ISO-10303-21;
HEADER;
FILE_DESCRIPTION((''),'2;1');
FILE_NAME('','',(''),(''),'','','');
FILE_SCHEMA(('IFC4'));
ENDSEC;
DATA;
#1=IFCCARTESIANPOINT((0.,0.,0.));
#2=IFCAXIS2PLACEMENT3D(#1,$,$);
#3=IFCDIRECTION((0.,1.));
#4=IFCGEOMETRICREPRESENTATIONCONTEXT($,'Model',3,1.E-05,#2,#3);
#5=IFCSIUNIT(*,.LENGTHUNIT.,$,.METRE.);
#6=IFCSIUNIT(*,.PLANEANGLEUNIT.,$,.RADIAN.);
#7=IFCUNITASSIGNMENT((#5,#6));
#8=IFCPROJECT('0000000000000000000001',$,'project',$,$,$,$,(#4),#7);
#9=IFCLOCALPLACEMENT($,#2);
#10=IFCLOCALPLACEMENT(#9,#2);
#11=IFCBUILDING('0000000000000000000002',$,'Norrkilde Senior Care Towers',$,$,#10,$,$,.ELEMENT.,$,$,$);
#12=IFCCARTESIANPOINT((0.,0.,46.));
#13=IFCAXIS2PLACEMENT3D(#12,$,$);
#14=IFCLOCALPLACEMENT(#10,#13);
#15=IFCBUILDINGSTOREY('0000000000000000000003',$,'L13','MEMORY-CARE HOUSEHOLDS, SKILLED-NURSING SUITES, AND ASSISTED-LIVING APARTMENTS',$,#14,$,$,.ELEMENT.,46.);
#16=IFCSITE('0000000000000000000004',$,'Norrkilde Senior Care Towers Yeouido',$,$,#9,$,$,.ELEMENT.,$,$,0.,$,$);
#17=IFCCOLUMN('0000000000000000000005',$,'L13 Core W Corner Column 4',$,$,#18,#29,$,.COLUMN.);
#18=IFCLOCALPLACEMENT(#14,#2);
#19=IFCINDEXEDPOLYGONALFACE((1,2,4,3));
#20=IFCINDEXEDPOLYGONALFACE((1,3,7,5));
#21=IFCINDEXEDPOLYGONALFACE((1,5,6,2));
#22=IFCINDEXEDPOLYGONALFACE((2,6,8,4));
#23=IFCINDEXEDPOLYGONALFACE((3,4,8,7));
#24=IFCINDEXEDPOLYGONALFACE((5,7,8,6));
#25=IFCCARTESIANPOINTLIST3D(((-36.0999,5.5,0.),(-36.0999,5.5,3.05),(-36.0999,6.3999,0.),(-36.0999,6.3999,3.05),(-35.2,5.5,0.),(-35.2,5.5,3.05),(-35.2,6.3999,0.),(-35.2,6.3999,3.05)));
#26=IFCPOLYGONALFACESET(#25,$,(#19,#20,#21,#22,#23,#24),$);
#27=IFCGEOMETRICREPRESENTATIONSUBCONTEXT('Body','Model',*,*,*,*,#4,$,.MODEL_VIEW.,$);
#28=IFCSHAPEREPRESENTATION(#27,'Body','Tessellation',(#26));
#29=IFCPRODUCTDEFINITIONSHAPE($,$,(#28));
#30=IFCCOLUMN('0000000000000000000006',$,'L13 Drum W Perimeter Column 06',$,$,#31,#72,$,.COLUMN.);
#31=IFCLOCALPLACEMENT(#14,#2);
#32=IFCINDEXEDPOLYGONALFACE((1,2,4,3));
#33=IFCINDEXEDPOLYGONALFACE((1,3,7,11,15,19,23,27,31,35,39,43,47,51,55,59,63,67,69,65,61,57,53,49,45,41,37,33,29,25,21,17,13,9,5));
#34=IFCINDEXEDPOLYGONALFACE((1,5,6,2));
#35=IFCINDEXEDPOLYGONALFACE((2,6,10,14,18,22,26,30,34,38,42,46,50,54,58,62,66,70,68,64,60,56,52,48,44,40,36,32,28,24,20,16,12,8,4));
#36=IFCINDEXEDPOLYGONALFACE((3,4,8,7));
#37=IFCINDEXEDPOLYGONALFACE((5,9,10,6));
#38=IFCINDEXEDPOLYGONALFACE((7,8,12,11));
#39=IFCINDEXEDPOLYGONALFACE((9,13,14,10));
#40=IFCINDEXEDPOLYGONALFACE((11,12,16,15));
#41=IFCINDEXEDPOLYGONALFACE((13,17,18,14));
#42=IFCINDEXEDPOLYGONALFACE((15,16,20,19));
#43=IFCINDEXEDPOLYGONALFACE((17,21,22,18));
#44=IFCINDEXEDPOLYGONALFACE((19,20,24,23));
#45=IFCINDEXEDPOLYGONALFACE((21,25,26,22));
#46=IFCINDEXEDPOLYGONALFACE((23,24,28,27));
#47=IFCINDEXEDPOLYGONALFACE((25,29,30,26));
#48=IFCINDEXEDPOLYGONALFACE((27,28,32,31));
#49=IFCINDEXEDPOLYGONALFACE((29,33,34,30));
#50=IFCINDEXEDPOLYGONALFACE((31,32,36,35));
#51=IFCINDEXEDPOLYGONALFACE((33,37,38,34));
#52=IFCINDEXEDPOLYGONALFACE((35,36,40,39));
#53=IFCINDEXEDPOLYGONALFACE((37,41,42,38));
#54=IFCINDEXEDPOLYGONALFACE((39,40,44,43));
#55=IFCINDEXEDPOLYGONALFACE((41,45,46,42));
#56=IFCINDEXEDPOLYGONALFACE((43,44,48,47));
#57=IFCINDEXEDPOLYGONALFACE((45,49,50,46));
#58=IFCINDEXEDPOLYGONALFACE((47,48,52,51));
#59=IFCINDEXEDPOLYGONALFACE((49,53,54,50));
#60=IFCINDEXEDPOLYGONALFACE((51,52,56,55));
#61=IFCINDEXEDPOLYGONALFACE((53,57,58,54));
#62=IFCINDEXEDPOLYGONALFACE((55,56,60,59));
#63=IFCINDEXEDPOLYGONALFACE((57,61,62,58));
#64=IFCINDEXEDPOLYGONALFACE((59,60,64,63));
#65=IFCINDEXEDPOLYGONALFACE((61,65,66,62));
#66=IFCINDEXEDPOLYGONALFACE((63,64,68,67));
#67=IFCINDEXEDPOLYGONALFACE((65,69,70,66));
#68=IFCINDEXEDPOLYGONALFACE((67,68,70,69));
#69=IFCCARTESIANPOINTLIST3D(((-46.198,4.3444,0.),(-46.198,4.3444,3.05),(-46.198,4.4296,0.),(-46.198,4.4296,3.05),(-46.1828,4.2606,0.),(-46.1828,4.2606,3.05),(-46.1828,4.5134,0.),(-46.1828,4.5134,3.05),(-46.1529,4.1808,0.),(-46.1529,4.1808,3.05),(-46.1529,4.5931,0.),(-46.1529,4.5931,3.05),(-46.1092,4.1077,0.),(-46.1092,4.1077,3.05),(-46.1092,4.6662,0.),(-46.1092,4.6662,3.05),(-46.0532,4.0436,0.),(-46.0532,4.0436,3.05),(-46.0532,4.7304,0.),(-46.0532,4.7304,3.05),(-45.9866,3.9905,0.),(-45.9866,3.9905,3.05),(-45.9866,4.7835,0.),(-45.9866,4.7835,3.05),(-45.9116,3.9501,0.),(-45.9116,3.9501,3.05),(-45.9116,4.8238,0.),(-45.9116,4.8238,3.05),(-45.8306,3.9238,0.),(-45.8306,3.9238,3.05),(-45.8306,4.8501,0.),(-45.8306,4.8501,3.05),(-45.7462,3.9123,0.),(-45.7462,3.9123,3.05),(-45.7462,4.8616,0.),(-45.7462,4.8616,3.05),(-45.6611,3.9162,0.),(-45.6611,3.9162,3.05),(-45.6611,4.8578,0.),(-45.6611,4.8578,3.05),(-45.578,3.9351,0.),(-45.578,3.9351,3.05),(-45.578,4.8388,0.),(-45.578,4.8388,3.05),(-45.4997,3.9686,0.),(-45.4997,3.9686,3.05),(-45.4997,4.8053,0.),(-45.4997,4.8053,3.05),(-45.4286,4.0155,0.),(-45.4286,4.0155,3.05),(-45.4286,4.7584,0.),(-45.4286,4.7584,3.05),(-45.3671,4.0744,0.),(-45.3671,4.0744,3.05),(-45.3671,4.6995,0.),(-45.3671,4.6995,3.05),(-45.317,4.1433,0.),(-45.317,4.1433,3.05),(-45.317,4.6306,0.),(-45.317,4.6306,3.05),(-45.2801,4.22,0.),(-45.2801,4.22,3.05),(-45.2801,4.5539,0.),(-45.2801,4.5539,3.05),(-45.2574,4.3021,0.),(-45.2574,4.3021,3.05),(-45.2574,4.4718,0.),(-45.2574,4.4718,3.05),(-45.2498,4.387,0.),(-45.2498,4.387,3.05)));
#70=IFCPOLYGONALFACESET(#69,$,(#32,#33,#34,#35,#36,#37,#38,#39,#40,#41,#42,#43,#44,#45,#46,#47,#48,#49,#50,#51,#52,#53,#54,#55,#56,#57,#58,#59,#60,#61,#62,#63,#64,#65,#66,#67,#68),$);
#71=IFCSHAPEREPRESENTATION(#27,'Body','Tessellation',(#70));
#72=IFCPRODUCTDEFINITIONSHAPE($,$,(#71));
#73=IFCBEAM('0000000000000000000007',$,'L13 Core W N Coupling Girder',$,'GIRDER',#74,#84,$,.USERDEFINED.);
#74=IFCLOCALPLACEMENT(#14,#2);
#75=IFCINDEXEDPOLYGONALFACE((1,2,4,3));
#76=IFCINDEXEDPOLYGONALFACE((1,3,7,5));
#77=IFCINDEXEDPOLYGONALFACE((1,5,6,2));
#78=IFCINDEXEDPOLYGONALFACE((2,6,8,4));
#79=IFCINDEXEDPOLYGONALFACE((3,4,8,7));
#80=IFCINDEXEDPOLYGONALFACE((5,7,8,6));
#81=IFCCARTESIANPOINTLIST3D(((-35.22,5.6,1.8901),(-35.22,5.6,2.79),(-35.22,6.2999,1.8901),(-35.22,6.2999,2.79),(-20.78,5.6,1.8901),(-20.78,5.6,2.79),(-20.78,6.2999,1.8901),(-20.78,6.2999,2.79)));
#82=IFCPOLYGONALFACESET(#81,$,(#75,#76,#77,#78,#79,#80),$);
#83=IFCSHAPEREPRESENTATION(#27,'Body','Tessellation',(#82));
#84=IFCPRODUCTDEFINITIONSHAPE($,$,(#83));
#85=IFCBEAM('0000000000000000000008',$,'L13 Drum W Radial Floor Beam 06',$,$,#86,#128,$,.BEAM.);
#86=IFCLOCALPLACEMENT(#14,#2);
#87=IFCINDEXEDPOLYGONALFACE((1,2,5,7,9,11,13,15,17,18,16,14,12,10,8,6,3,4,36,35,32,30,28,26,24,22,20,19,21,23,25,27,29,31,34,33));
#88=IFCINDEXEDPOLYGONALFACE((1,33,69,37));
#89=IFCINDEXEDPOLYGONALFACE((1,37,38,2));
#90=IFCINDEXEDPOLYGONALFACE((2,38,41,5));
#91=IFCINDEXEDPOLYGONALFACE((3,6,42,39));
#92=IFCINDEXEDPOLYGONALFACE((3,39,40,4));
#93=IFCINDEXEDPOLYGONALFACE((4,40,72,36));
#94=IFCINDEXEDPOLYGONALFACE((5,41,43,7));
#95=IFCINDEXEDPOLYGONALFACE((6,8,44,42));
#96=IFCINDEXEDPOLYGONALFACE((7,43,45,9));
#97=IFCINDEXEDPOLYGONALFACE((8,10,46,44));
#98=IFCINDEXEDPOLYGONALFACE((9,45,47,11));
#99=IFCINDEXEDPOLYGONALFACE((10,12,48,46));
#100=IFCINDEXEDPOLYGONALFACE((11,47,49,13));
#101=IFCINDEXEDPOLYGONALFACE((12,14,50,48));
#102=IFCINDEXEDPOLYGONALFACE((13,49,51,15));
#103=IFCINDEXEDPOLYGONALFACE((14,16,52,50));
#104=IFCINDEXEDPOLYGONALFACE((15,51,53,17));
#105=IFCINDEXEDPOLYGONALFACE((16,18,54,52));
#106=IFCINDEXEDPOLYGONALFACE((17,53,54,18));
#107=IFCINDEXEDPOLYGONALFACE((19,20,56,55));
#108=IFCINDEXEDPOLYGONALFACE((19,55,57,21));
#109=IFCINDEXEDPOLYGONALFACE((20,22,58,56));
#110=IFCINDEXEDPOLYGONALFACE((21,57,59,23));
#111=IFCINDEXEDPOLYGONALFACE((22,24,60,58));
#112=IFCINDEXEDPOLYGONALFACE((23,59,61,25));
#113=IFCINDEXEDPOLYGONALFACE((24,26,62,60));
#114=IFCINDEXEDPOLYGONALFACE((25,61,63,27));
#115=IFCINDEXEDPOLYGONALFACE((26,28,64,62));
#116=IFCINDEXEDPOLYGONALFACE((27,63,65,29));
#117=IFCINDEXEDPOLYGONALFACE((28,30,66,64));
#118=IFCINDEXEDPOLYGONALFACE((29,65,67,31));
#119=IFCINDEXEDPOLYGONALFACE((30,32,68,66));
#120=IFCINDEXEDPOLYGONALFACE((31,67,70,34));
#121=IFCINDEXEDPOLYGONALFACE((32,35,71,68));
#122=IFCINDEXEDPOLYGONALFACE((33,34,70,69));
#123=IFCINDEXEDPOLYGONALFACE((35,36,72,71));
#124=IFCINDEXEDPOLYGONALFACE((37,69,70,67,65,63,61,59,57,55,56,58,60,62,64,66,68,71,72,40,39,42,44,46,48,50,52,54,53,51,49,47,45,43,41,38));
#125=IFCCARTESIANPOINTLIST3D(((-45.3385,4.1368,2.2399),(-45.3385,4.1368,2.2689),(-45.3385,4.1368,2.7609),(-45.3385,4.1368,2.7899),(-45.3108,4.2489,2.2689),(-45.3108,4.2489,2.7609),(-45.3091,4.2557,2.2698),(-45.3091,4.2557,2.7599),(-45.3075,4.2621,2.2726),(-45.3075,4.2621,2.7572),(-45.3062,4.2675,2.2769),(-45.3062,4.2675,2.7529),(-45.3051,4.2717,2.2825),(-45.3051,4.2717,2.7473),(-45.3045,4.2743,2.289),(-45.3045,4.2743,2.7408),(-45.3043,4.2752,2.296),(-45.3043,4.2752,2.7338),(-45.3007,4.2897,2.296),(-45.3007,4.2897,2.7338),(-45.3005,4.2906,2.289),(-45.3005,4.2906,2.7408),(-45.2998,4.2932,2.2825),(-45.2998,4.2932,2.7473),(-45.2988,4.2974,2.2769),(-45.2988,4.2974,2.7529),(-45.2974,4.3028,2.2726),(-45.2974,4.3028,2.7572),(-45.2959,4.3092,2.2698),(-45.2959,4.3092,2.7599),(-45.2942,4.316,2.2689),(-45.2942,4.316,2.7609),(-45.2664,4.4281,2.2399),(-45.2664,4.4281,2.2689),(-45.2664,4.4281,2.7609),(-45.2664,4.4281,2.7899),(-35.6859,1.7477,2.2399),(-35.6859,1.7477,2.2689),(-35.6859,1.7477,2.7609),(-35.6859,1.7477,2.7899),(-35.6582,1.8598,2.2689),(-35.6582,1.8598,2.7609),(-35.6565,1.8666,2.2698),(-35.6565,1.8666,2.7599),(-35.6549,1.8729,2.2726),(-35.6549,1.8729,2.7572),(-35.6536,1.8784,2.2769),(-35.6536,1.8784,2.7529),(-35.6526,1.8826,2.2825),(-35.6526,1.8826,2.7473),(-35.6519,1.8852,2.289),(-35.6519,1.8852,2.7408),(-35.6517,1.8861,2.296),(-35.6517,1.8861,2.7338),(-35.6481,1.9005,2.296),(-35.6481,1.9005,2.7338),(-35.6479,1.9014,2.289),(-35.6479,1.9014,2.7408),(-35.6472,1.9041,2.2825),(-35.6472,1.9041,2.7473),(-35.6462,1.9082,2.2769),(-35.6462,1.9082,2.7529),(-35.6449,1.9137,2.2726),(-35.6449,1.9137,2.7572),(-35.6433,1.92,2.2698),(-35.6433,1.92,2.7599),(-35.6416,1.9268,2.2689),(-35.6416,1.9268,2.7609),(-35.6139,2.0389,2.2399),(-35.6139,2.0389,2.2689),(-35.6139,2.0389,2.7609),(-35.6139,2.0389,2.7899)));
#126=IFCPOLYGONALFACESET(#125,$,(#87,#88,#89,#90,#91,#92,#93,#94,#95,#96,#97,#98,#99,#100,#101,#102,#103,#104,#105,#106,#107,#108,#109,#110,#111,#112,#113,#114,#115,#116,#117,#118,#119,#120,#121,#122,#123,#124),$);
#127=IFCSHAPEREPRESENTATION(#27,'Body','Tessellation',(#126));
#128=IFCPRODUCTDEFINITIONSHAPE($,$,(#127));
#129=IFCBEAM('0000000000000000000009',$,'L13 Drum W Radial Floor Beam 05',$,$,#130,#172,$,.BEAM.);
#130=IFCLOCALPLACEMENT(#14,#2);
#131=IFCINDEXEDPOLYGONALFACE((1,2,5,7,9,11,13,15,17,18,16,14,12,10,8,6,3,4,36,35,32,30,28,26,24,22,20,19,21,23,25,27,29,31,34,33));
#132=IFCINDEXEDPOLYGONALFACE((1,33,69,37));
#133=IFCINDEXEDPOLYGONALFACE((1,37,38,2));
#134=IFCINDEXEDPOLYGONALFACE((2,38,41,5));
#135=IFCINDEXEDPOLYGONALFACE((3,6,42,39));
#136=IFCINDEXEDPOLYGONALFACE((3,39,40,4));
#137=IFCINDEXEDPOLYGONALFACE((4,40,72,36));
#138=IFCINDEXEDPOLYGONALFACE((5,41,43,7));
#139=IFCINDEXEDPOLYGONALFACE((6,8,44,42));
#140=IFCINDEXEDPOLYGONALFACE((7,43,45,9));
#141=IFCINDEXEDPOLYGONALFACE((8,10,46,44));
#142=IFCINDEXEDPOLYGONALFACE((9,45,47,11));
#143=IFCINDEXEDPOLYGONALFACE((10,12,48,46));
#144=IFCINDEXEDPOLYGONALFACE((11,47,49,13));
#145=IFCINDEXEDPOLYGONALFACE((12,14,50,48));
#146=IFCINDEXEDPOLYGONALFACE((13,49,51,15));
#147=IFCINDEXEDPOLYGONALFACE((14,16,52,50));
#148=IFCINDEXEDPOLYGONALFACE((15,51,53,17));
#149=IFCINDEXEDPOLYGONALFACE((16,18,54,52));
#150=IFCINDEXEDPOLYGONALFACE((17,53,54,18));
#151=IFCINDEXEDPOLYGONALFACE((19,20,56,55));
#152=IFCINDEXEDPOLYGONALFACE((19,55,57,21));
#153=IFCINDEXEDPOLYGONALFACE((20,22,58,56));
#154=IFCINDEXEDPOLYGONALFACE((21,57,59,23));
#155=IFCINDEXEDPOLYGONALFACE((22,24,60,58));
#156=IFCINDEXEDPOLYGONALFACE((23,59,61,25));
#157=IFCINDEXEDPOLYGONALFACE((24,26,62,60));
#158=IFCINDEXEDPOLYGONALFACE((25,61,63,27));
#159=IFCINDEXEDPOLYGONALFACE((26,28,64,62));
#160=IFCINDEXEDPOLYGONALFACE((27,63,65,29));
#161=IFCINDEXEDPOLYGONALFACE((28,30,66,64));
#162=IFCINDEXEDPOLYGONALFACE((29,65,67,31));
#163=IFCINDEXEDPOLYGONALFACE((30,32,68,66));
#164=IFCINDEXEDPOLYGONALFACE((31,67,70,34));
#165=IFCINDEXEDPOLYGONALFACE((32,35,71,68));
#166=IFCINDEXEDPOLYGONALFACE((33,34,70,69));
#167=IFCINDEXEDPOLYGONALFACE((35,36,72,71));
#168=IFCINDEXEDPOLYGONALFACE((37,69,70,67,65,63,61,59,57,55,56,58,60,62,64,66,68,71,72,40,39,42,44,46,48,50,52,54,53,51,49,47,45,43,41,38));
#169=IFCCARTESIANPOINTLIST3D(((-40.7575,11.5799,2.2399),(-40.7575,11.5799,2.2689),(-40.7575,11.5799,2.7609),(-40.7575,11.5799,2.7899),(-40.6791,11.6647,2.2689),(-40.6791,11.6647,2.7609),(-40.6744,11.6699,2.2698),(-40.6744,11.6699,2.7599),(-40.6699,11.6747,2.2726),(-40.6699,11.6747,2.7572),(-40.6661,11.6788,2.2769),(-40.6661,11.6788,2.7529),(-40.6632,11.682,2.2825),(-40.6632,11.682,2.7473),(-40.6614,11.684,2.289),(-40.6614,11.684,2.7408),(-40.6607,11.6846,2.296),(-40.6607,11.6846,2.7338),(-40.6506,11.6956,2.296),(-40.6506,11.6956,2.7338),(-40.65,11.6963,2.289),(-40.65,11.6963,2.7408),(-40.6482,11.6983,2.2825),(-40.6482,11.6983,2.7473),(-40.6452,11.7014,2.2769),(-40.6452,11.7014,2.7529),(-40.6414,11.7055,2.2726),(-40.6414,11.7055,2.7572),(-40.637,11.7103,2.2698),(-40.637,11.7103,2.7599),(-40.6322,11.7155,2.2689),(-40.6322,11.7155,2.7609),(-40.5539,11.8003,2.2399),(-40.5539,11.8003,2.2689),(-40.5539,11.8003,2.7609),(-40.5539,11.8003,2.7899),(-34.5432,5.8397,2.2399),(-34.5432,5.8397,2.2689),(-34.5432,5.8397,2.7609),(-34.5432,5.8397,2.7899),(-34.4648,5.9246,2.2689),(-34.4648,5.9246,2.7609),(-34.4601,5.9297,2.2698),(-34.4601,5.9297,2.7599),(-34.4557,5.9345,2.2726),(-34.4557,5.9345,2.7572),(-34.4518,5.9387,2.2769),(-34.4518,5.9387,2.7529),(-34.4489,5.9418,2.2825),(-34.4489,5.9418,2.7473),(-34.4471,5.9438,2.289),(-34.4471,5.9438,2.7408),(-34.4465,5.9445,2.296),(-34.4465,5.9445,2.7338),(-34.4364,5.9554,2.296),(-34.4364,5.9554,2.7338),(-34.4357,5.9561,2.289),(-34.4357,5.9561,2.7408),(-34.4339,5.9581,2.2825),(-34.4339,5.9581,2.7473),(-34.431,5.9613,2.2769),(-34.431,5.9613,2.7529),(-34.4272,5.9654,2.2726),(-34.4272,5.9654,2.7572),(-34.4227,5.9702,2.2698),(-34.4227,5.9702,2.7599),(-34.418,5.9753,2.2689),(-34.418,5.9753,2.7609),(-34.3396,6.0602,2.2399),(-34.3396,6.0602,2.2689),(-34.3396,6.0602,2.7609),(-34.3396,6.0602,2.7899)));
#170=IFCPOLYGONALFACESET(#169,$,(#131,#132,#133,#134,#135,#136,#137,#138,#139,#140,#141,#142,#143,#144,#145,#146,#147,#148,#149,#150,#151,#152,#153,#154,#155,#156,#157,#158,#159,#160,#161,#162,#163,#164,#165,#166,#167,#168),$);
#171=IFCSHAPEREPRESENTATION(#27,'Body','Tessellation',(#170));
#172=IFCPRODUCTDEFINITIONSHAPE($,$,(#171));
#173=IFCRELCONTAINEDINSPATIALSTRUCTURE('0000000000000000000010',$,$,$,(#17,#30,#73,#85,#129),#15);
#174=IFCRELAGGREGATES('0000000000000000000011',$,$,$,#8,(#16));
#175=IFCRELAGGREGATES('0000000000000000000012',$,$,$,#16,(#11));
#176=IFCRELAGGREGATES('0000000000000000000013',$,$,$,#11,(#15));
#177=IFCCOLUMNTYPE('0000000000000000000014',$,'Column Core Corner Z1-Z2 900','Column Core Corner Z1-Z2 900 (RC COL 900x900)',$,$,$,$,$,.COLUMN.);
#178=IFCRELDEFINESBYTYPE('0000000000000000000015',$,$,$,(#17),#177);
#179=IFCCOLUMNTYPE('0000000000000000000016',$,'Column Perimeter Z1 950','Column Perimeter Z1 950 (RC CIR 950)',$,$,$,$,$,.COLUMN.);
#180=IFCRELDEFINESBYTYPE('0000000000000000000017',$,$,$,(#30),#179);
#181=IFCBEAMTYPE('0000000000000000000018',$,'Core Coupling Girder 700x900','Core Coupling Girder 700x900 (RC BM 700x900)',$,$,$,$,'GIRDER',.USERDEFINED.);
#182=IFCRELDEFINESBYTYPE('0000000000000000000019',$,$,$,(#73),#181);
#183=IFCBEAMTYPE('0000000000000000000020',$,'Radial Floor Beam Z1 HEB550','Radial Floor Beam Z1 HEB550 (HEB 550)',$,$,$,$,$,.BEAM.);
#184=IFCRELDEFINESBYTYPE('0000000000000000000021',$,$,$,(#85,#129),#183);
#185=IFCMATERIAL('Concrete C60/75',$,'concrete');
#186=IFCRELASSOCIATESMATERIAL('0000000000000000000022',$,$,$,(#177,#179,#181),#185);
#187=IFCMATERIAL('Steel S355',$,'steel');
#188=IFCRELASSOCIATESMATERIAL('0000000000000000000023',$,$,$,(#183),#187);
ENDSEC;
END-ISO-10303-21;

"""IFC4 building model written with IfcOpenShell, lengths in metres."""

from ifc_helpers import new_model, si_unit, direction, frame, origin, origin_2d, place, context, subcontext, project, spatial, rectangle, circle, i_section, extrude, source, transform, mapped, material, material_profile, profile_set, type_object, type_shapes, element, save


model = new_model("IFC4")

# Units and contexts
model_context = context("Model", 3, precision=1e-05, world=origin(), true_north=direction((0.0, 1.0)))
body_context = subcontext(model_context, "Body", "Model", "MODEL_VIEW")
ifc_project = project(units=[si_unit("LENGTHUNIT", "METRE"), si_unit("PLANEANGLEUNIT", "RADIAN")], contexts=[model_context])

# Site, building, storey
site_placement = place(None, origin())
site = spatial("IfcSite", under=ifc_project, at=site_placement, Name="Norrkilde Senior Care Towers Yeouido", CompositionType="ELEMENT", RefElevation=0.0)
building_placement = place(site_placement, origin())
building = spatial("IfcBuilding", under=site, at=building_placement, Name="Norrkilde Senior Care Towers", CompositionType="ELEMENT")
storey_placement = place(building_placement, frame((0.0, 0.0, 46.0)))
storey = spatial("IfcBuildingStorey", under=building, at=storey_placement, Name="L13", Description="MEMORY-CARE HOUSEHOLDS, SKILLED-NURSING SUITES, AND ASSISTED-LIVING APARTMENTS", CompositionType="ELEMENT", Elevation=46.0)

# Columns
ifc_material_1 = material(Name="Concrete C60/75", Category="concrete")
ifc_material_profile_1 = material_profile(ifc_material_1, rectangle(XDim=0.8999, YDim=0.8999, at=origin_2d()), Name="RC COL 900x900")
ifc_profile_set_1 = profile_set([ifc_material_profile_1], Name="Concrete C60/75")
column_type_1 = type_object("IfcColumnType", Name="Column Core Corner Z1-Z2 900", Description="Column Core Corner Z1-Z2 900 (RC COL 900x900)", PredefinedType="COLUMN", material=ifc_profile_set_1)
shared_shape_1 = source(origin(), body_context, "Body", "SweptSolid", [
    extrude(rectangle(XDim=0.8999, YDim=0.8999, at=origin_2d()), origin(), (0.0, 0.0, 1.0), 3.05),
])
type_shapes(column_type_1, [shared_shape_1])
column_1_placement = place(storey_placement, frame((-35.6499, 5.95, 0.0), z_axis=(0.0, 0.0, 1.0), x_axis=(1.0, 0.0, 0.0)))
element("IfcColumn", 1, at=column_1_placement, inside=storey, type_object=column_type_1, Name="L13 Core W Corner Column 4", PredefinedType="COLUMN", context=body_context, shape_type="MappedRepresentation", body=[
    mapped(shared_shape_1, transform((0.0, 0.0, 0.0), x_axis=(1.0, 0.0, 0.0), y_axis=(0.0, 1.0, 0.0), z_axis=(0.0, 0.0, 1.0), scale=1.0)),
])
ifc_material_profile_2 = material_profile(ifc_material_1, circle(Radius=0.4751, at=origin_2d()), Name="RC CIR 950")
ifc_profile_set_2 = profile_set([ifc_material_profile_2], Name="Concrete C60/75")
column_type_2 = type_object("IfcColumnType", Name="Column Perimeter Z1 950", Description="Column Perimeter Z1 950 (RC CIR 950)", PredefinedType="COLUMN", material=ifc_profile_set_2)
shared_shape_2 = source(origin(), body_context, "Body", "SweptSolid", [
    extrude(circle(Radius=0.4751, at=origin_2d()), origin(), (0.0, 0.0, 1.0), 3.05),
])
type_shapes(column_type_2, [shared_shape_2])
column_2_placement = place(storey_placement, frame((-45.7249, 4.387, 0.0), z_axis=(0.0, 0.0, 1.0), x_axis=(1.0, 0.0, 0.0)))
element("IfcColumn", 2, at=column_2_placement, inside=storey, type_object=column_type_2, Name="L13 Drum W Perimeter Column 06", PredefinedType="COLUMN", context=body_context, shape_type="MappedRepresentation", body=[
    mapped(shared_shape_2, transform((0.0, 0.0, 0.0), x_axis=(1.0, 0.0, 0.0), y_axis=(0.0, 1.0, 0.0), z_axis=(0.0, 0.0, 1.0), scale=1.0)),
])

# Beams
ifc_material_profile_3 = material_profile(ifc_material_1, rectangle(XDim=0.7, YDim=0.8999, at=origin_2d()), Name="RC BM 700x900")
ifc_profile_set_3 = profile_set([ifc_material_profile_3], Name="Concrete C60/75")
beam_type_1 = type_object("IfcBeamType", Name="Core Coupling Girder 700x900", Description="Core Coupling Girder 700x900 (RC BM 700x900)", ElementType="GIRDER", PredefinedType="USERDEFINED", material=ifc_profile_set_3)
shared_shape_3 = source(origin(), body_context, "Body", "SweptSolid", [
    extrude(rectangle(XDim=0.7, YDim=0.8999, at=origin_2d()), origin(), (0.0, 0.0, 1.0), 14.4399),
])
type_shapes(beam_type_1, [shared_shape_3])
beam_1_placement = place(storey_placement, frame((-35.22, 5.95, 2.3401), z_axis=(1.0, 0.0, 0.0), x_axis=(0.0, 1.0, 0.0)))
element("IfcBeam", 3, at=beam_1_placement, inside=storey, type_object=beam_type_1, Name="L13 Core W N Coupling Girder", ObjectType="GIRDER", PredefinedType="USERDEFINED", context=body_context, shape_type="MappedRepresentation", body=[
    mapped(shared_shape_3, transform((0.0, 0.0, 0.0), x_axis=(1.0, 0.0, 0.0), y_axis=(0.0, 1.0, 0.0), z_axis=(0.0, 0.0, 1.0), scale=1.0)),
])
ifc_material_2 = material(Name="Steel S355", Category="steel")
ifc_material_profile_4 = material_profile(ifc_material_2, i_section(OverallWidth=0.3, OverallDepth=0.55, WebThickness=0.0149, FlangeThickness=0.0291, FilletRadius=0.0271, at=origin_2d()), Name="HEB 550")
ifc_profile_set_4 = profile_set([ifc_material_profile_4], Name="Steel S355")
beam_type_2 = type_object("IfcBeamType", Name="Radial Floor Beam Z1 HEB550", Description="Radial Floor Beam Z1 HEB550 (HEB 550)", PredefinedType="BEAM", material=ifc_profile_set_4)
shared_shape_4 = source(origin(), body_context, "Body", "SweptSolid", [
    extrude(i_section(OverallWidth=0.3, OverallDepth=0.55, WebThickness=0.0149, FlangeThickness=0.0291, FilletRadius=0.0271, at=origin_2d()), origin(), (0.0, 0.0, 1.0), 9.9438),
])
beam_2_placement = place(storey_placement, frame((-35.6499, 1.8933, 2.5149), z_axis=(-0.970707, 0.240265, 0.0), x_axis=(-0.240265, -0.970707, 0.0)))
element("IfcBeam", 4, at=beam_2_placement, inside=storey, type_object=beam_type_2, Name="L13 Drum W Radial Floor Beam 06", PredefinedType="BEAM", context=body_context, shape_type="MappedRepresentation", body=[
    mapped(shared_shape_4, transform((0.0, 0.0, 0.0), x_axis=(1.0, 0.0, 0.0), y_axis=(0.0, 1.0, 0.0), z_axis=(0.0, 0.0, 1.0), scale=1.0)),
])
shared_shape_5 = source(origin(), body_context, "Body", "SweptSolid", [
    extrude(i_section(OverallWidth=0.3, OverallDepth=0.55, WebThickness=0.0149, FlangeThickness=0.0291, FilletRadius=0.0271, at=origin_2d()), origin(), (0.0, 0.0, 1.0), 8.4597),
])
beam_3_placement = place(storey_placement, frame((-34.4414, 5.95, 2.5149), z_axis=(-0.734573, 0.678529, 0.0), x_axis=(-0.678529, -0.734573, 0.0)))
element("IfcBeam", 5, at=beam_3_placement, inside=storey, type_object=beam_type_2, Name="L13 Drum W Radial Floor Beam 05", PredefinedType="BEAM", context=body_context, shape_type="MappedRepresentation", body=[
    mapped(shared_shape_5, transform((0.0, 0.0, 0.0), x_axis=(1.0, 0.0, 0.0), y_axis=(0.0, 1.0, 0.0), z_axis=(0.0, 0.0, 1.0), scale=1.0)),
])

save(model, "model.ifc")
